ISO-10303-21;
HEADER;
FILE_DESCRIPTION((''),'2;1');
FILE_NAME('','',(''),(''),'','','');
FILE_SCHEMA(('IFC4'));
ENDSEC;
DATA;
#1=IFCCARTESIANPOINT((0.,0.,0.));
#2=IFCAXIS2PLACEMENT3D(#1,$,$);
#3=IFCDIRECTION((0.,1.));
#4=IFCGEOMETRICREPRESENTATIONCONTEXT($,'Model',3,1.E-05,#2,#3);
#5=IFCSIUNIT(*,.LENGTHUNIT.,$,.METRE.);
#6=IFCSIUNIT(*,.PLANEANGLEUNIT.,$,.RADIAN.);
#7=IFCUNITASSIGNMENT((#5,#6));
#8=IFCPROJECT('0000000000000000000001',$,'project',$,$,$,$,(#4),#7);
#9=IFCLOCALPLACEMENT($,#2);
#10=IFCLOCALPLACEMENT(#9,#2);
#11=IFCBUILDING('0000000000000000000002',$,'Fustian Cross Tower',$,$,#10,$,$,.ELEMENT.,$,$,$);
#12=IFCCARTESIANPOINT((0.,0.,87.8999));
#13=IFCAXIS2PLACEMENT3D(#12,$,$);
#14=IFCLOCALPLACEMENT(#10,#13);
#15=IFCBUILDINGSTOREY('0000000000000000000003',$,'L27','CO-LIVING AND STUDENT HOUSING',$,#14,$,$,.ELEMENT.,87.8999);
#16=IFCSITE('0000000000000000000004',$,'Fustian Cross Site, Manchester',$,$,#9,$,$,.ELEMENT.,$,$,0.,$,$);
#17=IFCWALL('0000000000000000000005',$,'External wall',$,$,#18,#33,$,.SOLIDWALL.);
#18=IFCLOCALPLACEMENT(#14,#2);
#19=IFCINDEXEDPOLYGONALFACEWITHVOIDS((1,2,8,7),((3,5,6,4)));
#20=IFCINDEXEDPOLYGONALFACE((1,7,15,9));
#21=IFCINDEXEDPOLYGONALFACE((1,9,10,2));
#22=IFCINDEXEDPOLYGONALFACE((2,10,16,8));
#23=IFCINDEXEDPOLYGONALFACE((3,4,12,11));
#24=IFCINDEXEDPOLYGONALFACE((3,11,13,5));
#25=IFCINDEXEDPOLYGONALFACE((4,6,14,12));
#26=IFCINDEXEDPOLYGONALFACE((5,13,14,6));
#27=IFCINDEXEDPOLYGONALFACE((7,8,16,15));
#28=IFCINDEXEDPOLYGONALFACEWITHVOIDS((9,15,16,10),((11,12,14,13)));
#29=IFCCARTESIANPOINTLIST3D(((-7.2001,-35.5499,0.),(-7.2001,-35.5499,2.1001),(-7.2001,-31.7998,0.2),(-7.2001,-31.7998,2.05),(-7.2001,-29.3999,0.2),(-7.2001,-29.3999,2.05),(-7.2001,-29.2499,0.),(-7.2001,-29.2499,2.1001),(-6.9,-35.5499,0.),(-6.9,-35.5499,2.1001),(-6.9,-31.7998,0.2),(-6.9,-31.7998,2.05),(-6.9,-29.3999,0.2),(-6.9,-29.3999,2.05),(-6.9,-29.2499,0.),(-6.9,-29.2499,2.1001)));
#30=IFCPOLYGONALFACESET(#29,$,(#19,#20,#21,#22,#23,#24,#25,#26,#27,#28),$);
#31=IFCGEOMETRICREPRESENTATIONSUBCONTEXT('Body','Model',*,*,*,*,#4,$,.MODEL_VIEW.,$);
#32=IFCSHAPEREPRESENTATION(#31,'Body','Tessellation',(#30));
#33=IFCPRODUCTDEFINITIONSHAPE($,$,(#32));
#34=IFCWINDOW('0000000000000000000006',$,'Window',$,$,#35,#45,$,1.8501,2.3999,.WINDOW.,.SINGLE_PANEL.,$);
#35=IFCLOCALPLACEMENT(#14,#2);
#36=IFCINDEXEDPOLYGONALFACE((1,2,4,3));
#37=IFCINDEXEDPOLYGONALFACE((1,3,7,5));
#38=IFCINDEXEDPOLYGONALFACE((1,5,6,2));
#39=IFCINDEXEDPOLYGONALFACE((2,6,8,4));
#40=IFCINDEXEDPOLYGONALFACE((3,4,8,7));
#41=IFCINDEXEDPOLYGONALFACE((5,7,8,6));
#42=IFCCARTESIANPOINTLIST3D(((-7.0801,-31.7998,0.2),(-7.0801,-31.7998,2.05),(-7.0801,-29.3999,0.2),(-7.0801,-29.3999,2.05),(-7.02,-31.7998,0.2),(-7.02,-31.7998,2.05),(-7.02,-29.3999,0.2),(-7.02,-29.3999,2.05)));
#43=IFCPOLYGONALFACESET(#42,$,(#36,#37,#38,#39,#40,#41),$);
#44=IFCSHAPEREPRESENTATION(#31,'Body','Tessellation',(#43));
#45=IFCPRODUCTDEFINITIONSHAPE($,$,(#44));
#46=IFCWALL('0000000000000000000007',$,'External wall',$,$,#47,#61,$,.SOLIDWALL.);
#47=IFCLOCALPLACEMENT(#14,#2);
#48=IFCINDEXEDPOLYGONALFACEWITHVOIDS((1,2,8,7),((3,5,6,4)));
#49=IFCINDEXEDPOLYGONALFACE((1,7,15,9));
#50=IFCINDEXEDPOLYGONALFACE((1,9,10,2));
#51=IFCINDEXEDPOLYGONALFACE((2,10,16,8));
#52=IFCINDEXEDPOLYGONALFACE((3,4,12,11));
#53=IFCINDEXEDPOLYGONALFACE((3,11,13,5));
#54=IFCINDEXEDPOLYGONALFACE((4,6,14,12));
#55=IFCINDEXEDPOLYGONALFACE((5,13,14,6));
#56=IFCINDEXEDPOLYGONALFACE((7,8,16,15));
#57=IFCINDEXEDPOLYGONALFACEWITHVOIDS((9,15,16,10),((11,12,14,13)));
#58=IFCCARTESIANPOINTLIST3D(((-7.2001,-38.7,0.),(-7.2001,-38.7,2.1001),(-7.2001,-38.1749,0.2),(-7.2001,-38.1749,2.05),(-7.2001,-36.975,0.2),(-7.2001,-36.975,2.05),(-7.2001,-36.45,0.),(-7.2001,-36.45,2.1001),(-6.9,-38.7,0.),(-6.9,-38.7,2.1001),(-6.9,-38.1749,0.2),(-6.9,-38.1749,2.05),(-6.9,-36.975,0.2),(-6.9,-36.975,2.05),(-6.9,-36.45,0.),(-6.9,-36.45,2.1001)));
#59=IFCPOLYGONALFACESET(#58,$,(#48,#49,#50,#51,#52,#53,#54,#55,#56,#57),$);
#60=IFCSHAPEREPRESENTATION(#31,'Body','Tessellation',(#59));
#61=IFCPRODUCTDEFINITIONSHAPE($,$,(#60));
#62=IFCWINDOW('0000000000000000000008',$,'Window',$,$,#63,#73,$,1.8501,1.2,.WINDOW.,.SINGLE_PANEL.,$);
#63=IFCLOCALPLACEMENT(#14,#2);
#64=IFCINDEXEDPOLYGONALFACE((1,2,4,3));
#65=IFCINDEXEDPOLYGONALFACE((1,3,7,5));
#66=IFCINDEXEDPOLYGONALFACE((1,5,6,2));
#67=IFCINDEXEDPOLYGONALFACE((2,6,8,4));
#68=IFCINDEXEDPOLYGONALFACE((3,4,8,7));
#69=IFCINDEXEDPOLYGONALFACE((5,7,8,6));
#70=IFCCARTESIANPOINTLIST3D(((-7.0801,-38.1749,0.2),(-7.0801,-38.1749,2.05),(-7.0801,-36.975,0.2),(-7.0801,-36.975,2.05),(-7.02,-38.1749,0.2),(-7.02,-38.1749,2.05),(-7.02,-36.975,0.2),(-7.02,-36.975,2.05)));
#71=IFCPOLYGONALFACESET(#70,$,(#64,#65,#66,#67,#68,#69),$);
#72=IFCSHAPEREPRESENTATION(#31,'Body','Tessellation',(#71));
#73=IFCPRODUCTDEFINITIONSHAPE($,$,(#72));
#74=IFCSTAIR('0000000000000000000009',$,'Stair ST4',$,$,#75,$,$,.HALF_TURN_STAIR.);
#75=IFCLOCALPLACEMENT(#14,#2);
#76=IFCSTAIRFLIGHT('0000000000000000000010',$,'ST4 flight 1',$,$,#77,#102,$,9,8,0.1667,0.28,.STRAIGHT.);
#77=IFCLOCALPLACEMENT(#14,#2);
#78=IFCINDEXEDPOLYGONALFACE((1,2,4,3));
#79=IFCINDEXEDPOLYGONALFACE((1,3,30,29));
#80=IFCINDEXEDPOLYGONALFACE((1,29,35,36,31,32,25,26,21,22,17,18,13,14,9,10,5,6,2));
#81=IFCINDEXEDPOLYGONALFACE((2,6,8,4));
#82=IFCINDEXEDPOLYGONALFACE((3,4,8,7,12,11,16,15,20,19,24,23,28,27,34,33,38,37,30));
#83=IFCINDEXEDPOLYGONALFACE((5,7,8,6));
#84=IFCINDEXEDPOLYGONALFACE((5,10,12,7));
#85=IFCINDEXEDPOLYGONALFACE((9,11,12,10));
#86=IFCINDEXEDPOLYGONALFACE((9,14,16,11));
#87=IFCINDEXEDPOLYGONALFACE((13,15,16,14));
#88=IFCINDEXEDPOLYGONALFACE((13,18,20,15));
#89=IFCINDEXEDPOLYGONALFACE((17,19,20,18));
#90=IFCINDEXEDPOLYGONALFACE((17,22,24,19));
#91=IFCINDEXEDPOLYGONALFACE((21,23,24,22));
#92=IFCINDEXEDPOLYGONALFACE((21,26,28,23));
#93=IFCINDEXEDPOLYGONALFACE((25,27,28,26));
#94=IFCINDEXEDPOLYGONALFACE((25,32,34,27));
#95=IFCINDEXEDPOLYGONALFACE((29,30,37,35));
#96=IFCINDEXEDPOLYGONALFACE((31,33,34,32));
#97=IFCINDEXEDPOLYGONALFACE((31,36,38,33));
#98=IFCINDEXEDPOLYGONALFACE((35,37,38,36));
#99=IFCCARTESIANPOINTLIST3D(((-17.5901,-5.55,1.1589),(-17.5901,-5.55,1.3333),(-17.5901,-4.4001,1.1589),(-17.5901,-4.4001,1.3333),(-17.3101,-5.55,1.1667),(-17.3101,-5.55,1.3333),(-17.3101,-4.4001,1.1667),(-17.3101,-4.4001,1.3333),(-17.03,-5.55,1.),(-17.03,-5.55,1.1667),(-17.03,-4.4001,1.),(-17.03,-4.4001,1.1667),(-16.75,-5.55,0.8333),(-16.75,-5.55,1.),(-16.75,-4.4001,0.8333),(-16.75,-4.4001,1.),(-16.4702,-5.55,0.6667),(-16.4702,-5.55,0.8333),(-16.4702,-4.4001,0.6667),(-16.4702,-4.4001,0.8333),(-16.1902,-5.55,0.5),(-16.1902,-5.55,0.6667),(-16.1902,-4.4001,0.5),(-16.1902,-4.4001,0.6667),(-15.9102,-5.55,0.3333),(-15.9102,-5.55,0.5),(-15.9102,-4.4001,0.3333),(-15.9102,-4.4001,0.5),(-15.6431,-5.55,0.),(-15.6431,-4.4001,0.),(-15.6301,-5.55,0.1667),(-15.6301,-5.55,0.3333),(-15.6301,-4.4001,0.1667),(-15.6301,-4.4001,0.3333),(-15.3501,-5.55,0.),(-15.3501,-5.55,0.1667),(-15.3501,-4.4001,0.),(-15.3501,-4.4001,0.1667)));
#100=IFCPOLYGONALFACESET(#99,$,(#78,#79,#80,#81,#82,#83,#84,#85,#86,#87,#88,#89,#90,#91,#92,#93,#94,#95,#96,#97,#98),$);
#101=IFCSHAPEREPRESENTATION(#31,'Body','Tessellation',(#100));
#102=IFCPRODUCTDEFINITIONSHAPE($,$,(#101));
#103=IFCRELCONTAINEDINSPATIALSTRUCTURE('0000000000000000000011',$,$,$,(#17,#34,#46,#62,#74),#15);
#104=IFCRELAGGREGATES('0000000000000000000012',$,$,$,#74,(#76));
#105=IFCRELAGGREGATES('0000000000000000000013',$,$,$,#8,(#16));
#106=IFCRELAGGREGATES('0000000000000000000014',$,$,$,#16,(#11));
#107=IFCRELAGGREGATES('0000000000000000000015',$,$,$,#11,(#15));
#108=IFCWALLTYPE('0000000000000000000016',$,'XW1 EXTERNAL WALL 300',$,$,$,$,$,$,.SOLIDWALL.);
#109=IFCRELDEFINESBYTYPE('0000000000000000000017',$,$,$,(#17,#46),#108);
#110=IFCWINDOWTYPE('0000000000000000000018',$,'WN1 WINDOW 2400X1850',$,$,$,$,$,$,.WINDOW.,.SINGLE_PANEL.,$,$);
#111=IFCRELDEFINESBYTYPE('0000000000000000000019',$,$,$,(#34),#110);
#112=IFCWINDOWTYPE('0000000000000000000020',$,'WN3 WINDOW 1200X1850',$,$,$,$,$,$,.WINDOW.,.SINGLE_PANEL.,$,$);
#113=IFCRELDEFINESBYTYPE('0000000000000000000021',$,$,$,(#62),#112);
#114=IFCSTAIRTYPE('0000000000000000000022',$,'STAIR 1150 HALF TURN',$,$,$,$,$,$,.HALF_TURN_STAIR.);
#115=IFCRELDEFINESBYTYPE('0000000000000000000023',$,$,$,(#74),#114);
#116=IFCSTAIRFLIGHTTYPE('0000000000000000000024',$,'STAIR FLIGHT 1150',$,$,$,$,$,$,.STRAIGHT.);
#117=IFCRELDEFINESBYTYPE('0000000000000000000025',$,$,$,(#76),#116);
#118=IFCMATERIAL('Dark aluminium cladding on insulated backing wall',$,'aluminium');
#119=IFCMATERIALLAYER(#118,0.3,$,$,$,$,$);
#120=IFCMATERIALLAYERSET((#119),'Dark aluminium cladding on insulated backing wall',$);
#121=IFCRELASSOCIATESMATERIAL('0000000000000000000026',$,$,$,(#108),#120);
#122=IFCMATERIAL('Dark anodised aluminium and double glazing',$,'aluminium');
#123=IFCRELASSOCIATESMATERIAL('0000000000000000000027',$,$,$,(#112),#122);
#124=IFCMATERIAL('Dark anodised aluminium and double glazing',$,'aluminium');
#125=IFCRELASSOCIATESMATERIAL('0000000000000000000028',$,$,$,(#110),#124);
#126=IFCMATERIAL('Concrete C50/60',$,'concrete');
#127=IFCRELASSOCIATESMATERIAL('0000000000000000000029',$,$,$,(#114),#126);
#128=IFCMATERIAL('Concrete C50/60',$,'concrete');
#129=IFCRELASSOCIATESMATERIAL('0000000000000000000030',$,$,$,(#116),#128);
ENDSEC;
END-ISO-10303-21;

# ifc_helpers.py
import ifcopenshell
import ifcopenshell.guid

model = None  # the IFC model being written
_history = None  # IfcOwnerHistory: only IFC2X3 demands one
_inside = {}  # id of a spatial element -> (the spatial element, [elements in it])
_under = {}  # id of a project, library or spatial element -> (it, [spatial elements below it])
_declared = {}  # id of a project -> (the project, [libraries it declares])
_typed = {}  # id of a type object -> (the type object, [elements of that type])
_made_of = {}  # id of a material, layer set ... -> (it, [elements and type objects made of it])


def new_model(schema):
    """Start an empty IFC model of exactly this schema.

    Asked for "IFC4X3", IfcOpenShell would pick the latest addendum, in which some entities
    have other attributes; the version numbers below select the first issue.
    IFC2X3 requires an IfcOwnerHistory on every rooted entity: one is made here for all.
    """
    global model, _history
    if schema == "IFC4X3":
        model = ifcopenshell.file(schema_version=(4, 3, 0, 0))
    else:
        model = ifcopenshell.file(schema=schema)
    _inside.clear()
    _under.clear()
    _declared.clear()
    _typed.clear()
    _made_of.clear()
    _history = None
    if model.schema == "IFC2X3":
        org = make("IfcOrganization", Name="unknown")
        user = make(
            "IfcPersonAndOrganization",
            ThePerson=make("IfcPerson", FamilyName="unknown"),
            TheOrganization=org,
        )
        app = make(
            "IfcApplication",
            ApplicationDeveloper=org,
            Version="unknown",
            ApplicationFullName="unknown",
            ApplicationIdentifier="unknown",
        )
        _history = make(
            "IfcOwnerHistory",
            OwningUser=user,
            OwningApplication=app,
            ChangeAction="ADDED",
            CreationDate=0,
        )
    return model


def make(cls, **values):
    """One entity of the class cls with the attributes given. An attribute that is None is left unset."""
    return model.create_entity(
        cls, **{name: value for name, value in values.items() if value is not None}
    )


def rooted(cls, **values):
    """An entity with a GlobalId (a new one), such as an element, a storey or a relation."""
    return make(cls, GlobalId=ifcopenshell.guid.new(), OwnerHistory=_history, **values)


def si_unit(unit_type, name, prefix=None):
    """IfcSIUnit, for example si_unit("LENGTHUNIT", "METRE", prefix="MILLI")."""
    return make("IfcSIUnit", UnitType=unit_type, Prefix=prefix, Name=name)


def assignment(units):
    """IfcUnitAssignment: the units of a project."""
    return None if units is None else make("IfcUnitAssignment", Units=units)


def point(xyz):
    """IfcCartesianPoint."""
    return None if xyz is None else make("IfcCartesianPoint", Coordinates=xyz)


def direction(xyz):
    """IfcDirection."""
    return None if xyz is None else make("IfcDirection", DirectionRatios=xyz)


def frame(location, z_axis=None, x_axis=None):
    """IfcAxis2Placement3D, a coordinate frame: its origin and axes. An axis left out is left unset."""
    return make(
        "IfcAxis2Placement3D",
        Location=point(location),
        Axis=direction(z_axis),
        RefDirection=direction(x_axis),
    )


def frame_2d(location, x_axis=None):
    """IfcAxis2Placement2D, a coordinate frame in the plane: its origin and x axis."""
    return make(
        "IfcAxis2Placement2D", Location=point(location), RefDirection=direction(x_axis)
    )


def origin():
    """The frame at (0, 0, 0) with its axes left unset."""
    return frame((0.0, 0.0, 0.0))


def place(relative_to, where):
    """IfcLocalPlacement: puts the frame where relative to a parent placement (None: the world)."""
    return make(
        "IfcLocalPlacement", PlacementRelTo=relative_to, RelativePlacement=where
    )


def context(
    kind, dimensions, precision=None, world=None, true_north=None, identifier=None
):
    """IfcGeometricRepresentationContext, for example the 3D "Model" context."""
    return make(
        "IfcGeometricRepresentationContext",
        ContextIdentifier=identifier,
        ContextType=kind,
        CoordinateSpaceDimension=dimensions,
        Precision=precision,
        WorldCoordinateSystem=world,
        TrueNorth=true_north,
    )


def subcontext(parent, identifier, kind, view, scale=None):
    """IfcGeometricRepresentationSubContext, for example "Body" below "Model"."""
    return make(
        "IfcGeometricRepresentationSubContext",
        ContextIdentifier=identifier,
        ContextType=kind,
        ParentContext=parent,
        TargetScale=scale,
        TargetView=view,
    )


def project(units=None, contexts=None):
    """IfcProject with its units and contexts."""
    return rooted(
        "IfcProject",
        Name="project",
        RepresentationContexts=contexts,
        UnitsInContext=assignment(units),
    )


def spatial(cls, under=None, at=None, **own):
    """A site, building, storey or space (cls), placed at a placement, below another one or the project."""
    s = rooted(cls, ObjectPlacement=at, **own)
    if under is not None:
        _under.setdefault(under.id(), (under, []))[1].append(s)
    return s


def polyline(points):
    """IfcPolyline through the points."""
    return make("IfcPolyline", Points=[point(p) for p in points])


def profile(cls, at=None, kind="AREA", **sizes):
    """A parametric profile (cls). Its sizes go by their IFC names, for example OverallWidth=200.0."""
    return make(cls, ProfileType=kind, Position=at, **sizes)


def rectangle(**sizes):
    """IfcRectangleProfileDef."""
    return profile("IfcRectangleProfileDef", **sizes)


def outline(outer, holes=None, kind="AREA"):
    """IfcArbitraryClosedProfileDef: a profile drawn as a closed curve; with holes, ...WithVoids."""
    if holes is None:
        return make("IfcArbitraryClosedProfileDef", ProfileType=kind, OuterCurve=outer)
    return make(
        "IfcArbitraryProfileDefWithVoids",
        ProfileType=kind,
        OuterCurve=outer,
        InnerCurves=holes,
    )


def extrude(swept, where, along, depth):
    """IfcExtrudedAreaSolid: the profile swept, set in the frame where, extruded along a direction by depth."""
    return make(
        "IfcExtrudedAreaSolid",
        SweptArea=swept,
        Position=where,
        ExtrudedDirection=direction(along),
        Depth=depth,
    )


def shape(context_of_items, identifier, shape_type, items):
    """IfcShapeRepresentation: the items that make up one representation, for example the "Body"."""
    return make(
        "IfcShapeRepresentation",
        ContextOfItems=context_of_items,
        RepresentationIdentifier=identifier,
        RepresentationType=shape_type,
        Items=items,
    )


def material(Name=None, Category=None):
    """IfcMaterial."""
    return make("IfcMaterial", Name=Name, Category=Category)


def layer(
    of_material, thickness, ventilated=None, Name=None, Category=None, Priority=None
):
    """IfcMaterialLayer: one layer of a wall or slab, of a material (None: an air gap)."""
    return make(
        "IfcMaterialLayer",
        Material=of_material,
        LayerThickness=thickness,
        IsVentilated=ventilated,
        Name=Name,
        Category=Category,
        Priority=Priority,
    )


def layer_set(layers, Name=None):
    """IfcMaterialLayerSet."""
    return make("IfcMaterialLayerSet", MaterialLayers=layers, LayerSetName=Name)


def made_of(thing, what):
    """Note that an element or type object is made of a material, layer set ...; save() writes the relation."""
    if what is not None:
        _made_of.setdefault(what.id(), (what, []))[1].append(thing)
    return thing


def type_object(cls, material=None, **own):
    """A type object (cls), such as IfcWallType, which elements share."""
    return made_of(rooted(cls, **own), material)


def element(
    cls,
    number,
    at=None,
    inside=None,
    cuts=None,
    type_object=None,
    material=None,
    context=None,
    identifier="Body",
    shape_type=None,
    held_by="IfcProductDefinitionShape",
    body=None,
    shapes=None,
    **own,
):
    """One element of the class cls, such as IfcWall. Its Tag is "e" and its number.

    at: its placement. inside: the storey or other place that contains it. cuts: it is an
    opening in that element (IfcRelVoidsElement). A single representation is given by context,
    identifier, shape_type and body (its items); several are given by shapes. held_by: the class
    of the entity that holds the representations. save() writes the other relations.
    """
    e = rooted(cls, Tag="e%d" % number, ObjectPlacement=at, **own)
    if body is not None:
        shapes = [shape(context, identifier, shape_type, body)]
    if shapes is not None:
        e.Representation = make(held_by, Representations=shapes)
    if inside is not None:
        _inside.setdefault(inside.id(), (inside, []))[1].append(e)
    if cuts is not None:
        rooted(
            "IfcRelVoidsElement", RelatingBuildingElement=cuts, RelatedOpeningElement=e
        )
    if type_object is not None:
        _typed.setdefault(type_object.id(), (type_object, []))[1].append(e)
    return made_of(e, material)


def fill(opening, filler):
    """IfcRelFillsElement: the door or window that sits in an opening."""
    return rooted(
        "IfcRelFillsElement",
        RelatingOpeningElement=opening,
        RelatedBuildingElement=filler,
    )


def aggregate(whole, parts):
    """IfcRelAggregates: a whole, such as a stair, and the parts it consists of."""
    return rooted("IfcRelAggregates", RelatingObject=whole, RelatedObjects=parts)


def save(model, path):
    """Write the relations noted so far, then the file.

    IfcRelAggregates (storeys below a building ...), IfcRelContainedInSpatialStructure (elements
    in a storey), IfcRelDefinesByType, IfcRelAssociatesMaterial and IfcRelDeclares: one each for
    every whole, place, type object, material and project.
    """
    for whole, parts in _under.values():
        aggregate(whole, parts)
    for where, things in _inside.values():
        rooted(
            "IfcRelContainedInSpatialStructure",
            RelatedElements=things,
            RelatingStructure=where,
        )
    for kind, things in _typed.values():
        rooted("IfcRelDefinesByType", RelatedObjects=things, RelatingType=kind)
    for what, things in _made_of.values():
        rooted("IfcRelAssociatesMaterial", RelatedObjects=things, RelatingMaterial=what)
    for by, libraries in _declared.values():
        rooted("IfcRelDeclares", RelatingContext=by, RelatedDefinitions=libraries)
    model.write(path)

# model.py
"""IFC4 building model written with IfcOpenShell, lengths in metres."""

from ifc_helpers import new_model, si_unit, direction, frame, frame_2d, origin, place, context, subcontext, project, spatial, polyline, rectangle, outline, extrude, material, layer, layer_set, type_object, element, fill, aggregate, save


model = new_model("IFC4")

# Units and contexts
model_context = context("Model", 3, precision=1e-05, world=origin(), true_north=direction((0.0, 1.0)))
body_context = subcontext(model_context, "Body", "Model", "MODEL_VIEW")
ifc_project = project(units=[si_unit("LENGTHUNIT", "METRE"), si_unit("PLANEANGLEUNIT", "RADIAN")], contexts=[model_context])

# Site, building, storey
site_placement = place(None, origin())
site = spatial("IfcSite", under=ifc_project, at=site_placement, Name="Fustian Cross Site, Manchester", CompositionType="ELEMENT", RefElevation=0.0)
building_placement = place(site_placement, origin())
building = spatial("IfcBuilding", under=site, at=building_placement, Name="Fustian Cross Tower", CompositionType="ELEMENT")
storey_placement = place(building_placement, frame((0.0, 0.0, 87.8999)))
storey = spatial("IfcBuildingStorey", under=building, at=storey_placement, Name="L27", Description="CO-LIVING AND STUDENT HOUSING", CompositionType="ELEMENT", Elevation=87.8999)

# Shared definitions
ifc_material_1 = material(Name="Dark aluminium cladding on insulated backing wall", Category="aluminium")
ifc_layer_1 = layer(ifc_material_1, 0.3)
ifc_layer_set_1 = layer_set([ifc_layer_1], Name="Dark aluminium cladding on insulated backing wall")
wall_type_1 = type_object("IfcWallType", Name="XW1 EXTERNAL WALL 300", PredefinedType="SOLIDWALL", material=ifc_layer_set_1)

# Shared definitions
ifc_material_2 = material(Name="Dark anodised aluminium and double glazing", Category="aluminium")
window_type_1 = type_object("IfcWindowType", Name="WN3 WINDOW 1200X1850", PartitioningType="SINGLE_PANEL", PredefinedType="WINDOW", material=ifc_material_2)

# Walls, openings, windows
wall_1_placement = place(storey_placement, frame((-7.05, -29.25, 0.0), z_axis=(0.0, 0.0, 1.0), x_axis=(0.0, -1.0, 0.0)))
wall_1 = element("IfcWall", 1, at=wall_1_placement, inside=storey, type_object=wall_type_1, Name="External wall", PredefinedType="SOLIDWALL", context=body_context, shape_type="SweptSolid", body=[
    extrude(rectangle(XDim=6.3, YDim=0.3, at=frame_2d((3.1499, 0.0))), origin(), (0.0, 0.0, 1.0), 2.1001),
])
opening_1_placement = place(wall_1_placement, frame((0.1499, 0.0, 0.2)))
opening_1 = element("IfcOpeningElement", 2, at=opening_1_placement, cuts=wall_1, PredefinedType="OPENING", context=body_context, shape_type="SweptSolid", body=[
    extrude(rectangle(XDim=2.3999, YDim=1.8501, at=frame_2d((1.2, 0.925))), frame((0.0, 0.1599, 0.0), z_axis=(0.0, -1.0, 0.0), x_axis=(1.0, 0.0, 0.0)), (0.0, 0.0, 1.0), 0.3201),
])
ifc_material_3 = material(Name="Dark anodised aluminium and double glazing", Category="aluminium")
window_type_2 = type_object("IfcWindowType", Name="WN1 WINDOW 2400X1850", PartitioningType="SINGLE_PANEL", PredefinedType="WINDOW", material=ifc_material_3)
window_1_placement = place(opening_1_placement, origin())
window_1 = element("IfcWindow", 3, at=window_1_placement, inside=storey, type_object=window_type_2, Name="Window", OverallHeight=1.8501, OverallWidth=2.3999, PartitioningType="SINGLE_PANEL", PredefinedType="WINDOW", context=body_context, shape_type="SweptSolid", body=[
    extrude(rectangle(XDim=2.3999, YDim=1.8501, at=frame_2d((1.2, 0.925))), frame((0.0, 0.03, 0.0), z_axis=(0.0, -1.0, 0.0), x_axis=(1.0, 0.0, 0.0)), (0.0, 0.0, 1.0), 0.0601),
])
fill(opening_1, window_1)
wall_2_placement = place(storey_placement, frame((-7.05, -36.45, 0.0), z_axis=(0.0, 0.0, 1.0), x_axis=(0.0, -1.0, 0.0)))
wall_2 = element("IfcWall", 4, at=wall_2_placement, inside=storey, type_object=wall_type_1, Name="External wall", PredefinedType="SOLIDWALL", context=body_context, shape_type="SweptSolid", body=[
    extrude(rectangle(XDim=2.25, YDim=0.3, at=frame_2d((1.125, 0.0))), origin(), (0.0, 0.0, 1.0), 2.1001),
])
opening_2_placement = place(wall_2_placement, frame((0.5249, 0.0, 0.2)))
opening_2 = element("IfcOpeningElement", 5, at=opening_2_placement, cuts=wall_2, PredefinedType="OPENING", context=body_context, shape_type="SweptSolid", body=[
    extrude(rectangle(XDim=1.2, YDim=1.8501, at=frame_2d((0.6001, 0.925))), frame((0.0, 0.1599, 0.0), z_axis=(0.0, -1.0, 0.0), x_axis=(1.0, 0.0, 0.0)), (0.0, 0.0, 1.0), 0.3201),
])
window_2_placement = place(opening_2_placement, origin())
window_2 = element("IfcWindow", 6, at=window_2_placement, inside=storey, type_object=window_type_1, Name="Window", OverallHeight=1.8501, OverallWidth=1.2, PartitioningType="SINGLE_PANEL", PredefinedType="WINDOW", context=body_context, shape_type="SweptSolid", body=[
    extrude(rectangle(XDim=1.2, YDim=1.8501, at=frame_2d((0.6001, 0.925))), frame((0.0, 0.03, 0.0), z_axis=(0.0, -1.0, 0.0), x_axis=(1.0, 0.0, 0.0)), (0.0, 0.0, 1.0), 0.0601),
])
fill(opening_2, window_2)

# Stair, stair flight
ifc_material_4 = material(Name="Concrete C50/60", Category="concrete")
stair_type = type_object("IfcStairType", Name="STAIR 1150 HALF TURN", PredefinedType="HALF_TURN_STAIR", material=ifc_material_4)
stair_placement = place(storey_placement, origin())
stair = element("IfcStair", 7, at=stair_placement, inside=storey, type_object=stair_type, Name="Stair ST4", PredefinedType="HALF_TURN_STAIR")
ifc_material_5 = material(Name="Concrete C50/60", Category="concrete")
stair_flight_type = type_object("IfcStairFlightType", Name="STAIR FLIGHT 1150", PredefinedType="STRAIGHT", material=ifc_material_5)
stair_flight_placement = place(storey_placement, frame((-15.3501, -4.9751, 0.0), z_axis=(0.0, 0.0, 1.0), x_axis=(-1.0, 0.0, 0.0)))
stair_flight = element("IfcStairFlight", 8, at=stair_flight_placement, type_object=stair_flight_type, Name="ST4 flight 1", NumberOfRisers=9, NumberOfTreads=8, PredefinedType="STRAIGHT", RiserHeight=0.1667, TreadLength=0.28, context=body_context, shape_type="SweptSolid", body=[
    extrude(outline(polyline([(0.0, 0.0), (0.0, 0.1667), (0.28, 0.1667), (0.28, 0.3333), (0.5601, 0.3333), (0.5601, 0.5), (0.8401, 0.5), (0.8401, 0.6667), (1.1201, 0.6667), (1.1201, 0.8333), (1.3999, 0.8333), (1.3999, 1.0), (1.6799, 1.0), (1.6799, 1.1667), (1.96, 1.1667), (1.96, 1.3333), (2.24, 1.3333), (2.24, 1.5), (2.24, 1.1589), (0.293, 0.0), (0.0, 0.0)])), frame((0.0, 0.575, 0.0), z_axis=(0.0, -1.0, 0.0), x_axis=(1.0, 0.0, 0.0)), (0.0, 0.0, 1.0), 1.1499),
])
aggregate(stair, [stair_flight])

save(model, "model.ifc")
